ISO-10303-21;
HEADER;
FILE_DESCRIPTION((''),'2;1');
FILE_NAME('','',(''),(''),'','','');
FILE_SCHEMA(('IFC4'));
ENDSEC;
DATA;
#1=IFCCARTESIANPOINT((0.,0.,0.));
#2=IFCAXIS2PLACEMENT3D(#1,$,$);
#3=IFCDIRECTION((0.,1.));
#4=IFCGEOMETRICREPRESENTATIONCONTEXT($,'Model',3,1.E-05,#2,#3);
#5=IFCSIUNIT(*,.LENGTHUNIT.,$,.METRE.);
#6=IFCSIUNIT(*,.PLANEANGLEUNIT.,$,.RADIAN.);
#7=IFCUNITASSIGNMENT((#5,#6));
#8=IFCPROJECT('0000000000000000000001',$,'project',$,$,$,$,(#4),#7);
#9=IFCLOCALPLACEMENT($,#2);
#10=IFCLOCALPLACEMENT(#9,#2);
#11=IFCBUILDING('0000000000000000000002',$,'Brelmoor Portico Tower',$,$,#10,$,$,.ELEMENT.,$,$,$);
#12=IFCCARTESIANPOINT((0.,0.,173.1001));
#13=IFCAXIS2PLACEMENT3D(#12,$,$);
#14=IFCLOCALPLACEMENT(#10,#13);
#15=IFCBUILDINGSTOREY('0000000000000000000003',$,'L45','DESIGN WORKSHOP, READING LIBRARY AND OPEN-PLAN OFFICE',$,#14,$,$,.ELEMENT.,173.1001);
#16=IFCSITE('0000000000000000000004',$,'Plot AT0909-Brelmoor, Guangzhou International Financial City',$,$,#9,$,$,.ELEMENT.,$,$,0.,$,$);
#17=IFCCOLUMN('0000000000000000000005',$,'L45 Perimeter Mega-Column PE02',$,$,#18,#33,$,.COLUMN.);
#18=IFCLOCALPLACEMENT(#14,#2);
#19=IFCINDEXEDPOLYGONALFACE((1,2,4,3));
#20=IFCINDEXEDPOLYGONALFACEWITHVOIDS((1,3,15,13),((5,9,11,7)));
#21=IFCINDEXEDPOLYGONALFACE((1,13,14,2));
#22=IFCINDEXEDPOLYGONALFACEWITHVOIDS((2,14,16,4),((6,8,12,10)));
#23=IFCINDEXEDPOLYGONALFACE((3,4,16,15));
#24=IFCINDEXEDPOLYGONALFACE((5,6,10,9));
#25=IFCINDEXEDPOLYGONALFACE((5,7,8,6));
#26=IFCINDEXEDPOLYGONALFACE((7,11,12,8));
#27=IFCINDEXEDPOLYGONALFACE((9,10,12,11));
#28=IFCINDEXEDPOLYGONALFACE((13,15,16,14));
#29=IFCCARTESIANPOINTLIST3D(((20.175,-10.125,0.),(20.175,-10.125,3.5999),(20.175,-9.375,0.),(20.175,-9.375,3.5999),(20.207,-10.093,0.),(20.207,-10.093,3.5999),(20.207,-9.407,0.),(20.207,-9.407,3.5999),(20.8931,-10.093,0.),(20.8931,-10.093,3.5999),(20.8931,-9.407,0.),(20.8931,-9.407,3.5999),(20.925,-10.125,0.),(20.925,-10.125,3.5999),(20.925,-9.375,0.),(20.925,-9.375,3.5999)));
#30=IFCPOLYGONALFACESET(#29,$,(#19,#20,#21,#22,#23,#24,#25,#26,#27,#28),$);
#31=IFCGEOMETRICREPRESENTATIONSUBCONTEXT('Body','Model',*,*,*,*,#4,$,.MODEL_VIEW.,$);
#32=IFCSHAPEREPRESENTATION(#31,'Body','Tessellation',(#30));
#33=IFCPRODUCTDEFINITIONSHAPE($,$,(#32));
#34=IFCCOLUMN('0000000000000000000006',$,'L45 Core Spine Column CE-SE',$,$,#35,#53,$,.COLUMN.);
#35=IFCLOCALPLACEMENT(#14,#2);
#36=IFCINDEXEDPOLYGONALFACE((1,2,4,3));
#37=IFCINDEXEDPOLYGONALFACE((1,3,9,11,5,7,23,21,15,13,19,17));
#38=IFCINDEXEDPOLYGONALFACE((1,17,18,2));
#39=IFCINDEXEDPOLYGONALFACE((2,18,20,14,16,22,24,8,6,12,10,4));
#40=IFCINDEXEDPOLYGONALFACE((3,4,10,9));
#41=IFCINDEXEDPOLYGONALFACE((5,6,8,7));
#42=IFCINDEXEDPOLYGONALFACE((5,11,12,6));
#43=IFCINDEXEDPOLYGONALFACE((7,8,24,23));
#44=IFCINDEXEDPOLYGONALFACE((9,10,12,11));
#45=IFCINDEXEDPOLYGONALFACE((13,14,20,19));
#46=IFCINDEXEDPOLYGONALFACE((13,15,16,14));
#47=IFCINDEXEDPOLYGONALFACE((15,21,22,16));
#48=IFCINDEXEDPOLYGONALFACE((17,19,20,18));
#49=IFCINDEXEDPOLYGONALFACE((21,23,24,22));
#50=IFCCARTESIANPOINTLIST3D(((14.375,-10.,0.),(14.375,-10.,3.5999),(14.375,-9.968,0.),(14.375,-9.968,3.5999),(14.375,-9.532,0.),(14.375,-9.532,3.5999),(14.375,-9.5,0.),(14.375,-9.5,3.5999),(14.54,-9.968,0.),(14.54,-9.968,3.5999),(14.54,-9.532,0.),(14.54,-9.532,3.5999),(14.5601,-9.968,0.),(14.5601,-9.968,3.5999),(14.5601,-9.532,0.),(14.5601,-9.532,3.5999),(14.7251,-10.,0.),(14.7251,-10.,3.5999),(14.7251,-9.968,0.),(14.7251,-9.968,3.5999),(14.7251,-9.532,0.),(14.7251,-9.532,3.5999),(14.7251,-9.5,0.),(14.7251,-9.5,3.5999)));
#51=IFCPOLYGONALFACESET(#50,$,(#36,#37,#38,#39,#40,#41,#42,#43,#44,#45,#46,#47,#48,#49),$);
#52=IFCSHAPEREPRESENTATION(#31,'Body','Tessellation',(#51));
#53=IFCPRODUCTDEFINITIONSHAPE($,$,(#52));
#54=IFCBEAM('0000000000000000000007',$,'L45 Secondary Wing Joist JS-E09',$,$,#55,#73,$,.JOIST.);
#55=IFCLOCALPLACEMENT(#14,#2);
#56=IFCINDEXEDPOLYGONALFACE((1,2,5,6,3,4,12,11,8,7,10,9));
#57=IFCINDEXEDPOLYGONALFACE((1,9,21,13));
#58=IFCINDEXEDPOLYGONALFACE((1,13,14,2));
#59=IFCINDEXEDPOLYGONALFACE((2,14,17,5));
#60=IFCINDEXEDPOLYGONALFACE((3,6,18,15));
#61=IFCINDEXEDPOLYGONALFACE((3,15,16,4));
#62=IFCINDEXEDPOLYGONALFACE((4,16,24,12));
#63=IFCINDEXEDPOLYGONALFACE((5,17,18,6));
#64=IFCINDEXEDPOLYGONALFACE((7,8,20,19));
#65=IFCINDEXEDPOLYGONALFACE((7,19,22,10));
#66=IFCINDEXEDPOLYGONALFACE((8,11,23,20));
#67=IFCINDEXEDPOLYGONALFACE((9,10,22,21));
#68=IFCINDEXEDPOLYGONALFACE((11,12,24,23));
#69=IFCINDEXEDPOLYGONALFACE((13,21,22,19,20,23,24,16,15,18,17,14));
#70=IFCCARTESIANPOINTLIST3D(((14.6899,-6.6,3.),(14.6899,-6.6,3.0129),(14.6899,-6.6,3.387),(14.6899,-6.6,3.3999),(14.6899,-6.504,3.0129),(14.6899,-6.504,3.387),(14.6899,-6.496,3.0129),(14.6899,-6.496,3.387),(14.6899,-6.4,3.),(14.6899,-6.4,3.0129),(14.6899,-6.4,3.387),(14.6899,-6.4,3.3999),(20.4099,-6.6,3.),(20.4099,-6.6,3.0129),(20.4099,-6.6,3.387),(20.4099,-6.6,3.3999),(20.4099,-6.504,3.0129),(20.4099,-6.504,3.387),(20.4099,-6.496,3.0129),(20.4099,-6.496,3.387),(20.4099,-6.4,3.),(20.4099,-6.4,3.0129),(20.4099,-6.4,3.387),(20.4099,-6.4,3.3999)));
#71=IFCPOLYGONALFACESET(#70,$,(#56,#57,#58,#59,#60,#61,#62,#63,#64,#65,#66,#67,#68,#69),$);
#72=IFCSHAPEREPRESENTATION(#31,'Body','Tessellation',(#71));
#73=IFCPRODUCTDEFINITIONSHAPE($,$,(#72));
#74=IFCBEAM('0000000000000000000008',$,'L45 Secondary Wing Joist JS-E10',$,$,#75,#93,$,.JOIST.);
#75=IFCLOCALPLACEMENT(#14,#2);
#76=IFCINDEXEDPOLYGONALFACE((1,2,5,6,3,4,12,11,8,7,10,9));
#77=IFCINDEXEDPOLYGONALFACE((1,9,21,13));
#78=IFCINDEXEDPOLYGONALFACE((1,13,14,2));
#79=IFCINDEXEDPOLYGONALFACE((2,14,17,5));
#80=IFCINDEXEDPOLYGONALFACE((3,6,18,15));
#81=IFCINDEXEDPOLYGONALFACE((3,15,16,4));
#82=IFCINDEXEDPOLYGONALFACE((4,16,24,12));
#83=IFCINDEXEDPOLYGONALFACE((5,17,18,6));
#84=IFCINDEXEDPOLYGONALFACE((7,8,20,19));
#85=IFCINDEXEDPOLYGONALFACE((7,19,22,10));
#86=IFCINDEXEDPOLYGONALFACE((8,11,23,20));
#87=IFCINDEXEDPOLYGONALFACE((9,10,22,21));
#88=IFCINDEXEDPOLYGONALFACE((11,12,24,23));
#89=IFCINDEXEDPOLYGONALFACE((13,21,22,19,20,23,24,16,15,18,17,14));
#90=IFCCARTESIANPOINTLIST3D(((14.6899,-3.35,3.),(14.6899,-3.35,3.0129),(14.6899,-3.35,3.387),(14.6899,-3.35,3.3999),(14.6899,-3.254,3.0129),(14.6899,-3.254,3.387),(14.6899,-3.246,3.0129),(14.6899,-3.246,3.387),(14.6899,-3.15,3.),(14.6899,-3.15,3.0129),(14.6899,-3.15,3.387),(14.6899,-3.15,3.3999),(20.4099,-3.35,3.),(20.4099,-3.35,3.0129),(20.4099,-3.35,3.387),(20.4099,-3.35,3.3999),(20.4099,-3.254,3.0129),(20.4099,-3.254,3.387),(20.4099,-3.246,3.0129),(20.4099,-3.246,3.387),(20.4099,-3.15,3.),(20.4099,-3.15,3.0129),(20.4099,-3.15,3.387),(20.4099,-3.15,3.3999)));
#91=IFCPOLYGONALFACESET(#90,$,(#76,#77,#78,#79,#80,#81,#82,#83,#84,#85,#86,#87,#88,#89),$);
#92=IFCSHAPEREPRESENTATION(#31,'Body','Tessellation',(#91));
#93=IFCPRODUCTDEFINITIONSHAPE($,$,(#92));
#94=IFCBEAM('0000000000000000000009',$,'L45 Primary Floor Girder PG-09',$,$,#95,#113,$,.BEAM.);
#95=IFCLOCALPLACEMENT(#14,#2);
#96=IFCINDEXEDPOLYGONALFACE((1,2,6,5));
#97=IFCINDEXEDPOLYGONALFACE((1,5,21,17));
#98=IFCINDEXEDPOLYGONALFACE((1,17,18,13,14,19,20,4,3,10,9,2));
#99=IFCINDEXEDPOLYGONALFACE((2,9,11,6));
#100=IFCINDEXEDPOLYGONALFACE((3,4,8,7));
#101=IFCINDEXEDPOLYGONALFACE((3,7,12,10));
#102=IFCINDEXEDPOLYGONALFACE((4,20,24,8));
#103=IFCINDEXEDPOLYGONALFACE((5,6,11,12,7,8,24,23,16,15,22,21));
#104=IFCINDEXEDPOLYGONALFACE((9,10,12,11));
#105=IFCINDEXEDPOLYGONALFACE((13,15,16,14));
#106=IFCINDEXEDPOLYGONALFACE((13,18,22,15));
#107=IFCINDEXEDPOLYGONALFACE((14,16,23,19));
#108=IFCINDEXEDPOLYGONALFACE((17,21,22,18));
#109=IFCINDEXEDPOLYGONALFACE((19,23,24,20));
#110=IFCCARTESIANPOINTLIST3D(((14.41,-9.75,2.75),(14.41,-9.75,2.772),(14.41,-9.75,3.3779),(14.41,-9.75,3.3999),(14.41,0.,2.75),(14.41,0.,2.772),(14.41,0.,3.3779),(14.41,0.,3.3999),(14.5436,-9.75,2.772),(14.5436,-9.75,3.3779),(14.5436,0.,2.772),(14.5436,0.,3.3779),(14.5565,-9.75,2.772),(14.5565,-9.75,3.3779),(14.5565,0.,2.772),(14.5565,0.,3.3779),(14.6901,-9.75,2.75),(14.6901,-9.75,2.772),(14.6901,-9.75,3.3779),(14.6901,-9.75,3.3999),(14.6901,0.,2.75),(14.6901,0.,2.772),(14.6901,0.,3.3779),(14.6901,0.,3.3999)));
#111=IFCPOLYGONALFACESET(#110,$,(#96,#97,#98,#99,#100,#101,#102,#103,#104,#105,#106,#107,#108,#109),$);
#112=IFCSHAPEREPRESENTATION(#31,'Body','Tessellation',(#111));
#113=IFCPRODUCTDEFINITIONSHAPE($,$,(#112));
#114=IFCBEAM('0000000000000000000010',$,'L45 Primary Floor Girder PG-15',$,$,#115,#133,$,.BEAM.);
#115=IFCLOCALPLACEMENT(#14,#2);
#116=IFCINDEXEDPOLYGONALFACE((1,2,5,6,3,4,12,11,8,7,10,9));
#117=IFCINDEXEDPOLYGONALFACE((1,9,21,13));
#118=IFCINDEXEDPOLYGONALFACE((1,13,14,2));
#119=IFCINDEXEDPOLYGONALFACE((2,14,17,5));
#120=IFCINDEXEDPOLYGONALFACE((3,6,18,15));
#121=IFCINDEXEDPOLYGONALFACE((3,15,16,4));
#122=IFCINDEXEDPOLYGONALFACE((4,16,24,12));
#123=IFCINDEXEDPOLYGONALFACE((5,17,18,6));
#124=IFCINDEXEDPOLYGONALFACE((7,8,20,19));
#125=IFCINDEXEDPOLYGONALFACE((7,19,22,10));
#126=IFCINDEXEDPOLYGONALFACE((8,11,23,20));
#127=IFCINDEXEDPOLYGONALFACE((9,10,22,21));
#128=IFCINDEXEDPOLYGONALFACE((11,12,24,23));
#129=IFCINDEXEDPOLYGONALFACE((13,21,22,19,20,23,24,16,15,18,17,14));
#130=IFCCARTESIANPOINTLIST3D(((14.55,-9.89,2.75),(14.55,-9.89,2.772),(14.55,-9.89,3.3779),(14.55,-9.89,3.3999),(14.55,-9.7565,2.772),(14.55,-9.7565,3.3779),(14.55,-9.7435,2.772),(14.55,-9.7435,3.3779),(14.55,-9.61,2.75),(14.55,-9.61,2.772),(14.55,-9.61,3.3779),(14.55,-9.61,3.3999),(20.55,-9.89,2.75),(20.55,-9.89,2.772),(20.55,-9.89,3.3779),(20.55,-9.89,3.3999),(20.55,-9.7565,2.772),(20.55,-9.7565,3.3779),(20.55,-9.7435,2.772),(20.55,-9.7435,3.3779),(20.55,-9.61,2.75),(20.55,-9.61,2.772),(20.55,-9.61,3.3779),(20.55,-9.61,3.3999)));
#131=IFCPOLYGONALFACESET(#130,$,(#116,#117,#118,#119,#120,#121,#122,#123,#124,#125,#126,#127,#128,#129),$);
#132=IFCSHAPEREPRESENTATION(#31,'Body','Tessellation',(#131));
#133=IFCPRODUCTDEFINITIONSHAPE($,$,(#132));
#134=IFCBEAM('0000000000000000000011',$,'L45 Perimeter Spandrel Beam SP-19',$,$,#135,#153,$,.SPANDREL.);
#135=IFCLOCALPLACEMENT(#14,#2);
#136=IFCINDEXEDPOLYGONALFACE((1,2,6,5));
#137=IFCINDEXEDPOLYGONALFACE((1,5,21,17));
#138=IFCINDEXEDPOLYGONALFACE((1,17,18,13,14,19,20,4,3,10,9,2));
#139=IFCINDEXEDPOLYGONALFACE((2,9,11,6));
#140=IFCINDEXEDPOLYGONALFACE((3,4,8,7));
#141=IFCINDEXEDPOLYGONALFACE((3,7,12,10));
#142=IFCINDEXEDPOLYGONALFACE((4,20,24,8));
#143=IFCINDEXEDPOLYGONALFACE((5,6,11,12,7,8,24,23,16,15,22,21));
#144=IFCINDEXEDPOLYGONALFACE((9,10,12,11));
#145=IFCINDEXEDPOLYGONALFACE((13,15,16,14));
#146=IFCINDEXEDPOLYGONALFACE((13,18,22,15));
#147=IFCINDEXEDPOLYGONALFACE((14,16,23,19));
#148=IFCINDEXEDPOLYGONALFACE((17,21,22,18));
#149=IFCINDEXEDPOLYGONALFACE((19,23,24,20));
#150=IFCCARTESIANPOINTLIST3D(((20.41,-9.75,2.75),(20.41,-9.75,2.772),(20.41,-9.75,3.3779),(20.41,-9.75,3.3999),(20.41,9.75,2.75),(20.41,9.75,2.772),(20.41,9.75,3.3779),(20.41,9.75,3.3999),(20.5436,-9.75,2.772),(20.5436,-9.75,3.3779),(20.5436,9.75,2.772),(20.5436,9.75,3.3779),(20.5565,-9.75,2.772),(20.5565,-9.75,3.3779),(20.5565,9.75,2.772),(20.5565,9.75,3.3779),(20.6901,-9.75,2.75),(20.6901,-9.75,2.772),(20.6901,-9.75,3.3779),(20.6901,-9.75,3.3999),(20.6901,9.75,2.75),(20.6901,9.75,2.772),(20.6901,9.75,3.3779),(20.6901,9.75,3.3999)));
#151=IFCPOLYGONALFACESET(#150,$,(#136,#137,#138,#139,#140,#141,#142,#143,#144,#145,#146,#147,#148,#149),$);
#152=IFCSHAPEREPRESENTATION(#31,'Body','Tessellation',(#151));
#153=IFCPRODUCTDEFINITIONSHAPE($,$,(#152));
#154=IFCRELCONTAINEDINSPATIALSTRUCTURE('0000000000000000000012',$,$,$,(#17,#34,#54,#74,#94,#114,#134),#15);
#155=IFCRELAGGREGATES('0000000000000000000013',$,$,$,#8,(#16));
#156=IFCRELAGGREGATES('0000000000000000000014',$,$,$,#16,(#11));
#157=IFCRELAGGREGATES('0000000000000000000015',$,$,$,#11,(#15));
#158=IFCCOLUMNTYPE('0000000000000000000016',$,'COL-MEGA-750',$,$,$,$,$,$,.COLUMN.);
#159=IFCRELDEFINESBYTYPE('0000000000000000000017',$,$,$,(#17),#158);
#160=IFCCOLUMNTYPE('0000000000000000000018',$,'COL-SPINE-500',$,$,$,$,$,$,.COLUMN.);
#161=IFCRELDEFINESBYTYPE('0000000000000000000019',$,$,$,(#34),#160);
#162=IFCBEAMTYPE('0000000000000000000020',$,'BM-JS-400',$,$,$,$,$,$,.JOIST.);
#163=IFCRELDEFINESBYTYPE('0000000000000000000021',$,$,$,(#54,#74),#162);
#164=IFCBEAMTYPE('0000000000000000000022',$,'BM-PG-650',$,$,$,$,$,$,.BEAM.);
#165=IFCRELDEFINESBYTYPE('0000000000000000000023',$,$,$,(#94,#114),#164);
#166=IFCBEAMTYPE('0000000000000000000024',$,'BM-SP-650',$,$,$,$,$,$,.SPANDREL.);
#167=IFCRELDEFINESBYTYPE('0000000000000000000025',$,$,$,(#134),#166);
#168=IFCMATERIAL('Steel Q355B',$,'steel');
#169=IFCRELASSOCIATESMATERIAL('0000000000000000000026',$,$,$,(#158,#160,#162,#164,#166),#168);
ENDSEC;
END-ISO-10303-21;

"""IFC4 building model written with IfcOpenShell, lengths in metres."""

from ifc_helpers import new_model, si_unit, direction, frame, origin, origin_2d, place, context, subcontext, project, spatial, hollow_rectangle, i_section, extrude, material, material_profile, profile_set, type_object, element, save


model = new_model("IFC4")

# Units and contexts
model_context = context("Model", 3, precision=1e-05, world=origin(), true_north=direction((0.0, 1.0)))
body_context = subcontext(model_context, "Body", "Model", "MODEL_VIEW")
ifc_project = project(units=[si_unit("LENGTHUNIT", "METRE"), si_unit("PLANEANGLEUNIT", "RADIAN")], contexts=[model_context])

# Site, building, storey
site_placement = place(None, origin())
site = spatial("IfcSite", under=ifc_project, at=site_placement, Name="Plot AT0909-Brelmoor, Guangzhou International Financial City", CompositionType="ELEMENT", RefElevation=0.0)
building_placement = place(site_placement, origin())
building = spatial("IfcBuilding", under=site, at=building_placement, Name="Brelmoor Portico Tower", CompositionType="ELEMENT")
storey_placement = place(building_placement, frame((0.0, 0.0, 173.1001)))
storey = spatial("IfcBuildingStorey", under=building, at=storey_placement, Name="L45", Description="DESIGN WORKSHOP, READING LIBRARY AND OPEN-PLAN OFFICE", CompositionType="ELEMENT", Elevation=173.1001)

# Columns
ifc_material_1 = material(Name="Steel Q355B", Category="steel")
ifc_material_profile_1 = material_profile(ifc_material_1, hollow_rectangle(XDim=0.75, YDim=0.75, WallThickness=0.032, at=origin_2d()), Name="BOX 750x750x32")
ifc_profile_set_1 = profile_set([ifc_material_profile_1], Name="Steel Q355B")
column_type_1 = type_object("IfcColumnType", Name="COL-MEGA-750", PredefinedType="COLUMN", material=ifc_profile_set_1)
column_1_placement = place(storey_placement, frame((20.55, -9.75, 0.0), z_axis=(0.0, 0.0, 1.0), x_axis=(0.0, 1.0, 0.0)))
element("IfcColumn", 1, at=column_1_placement, inside=storey, type_object=column_type_1, Name="L45 Perimeter Mega-Column PE02", PredefinedType="COLUMN", context=body_context, shape_type="SweptSolid", body=[
    extrude(hollow_rectangle(XDim=0.75, YDim=0.75, WallThickness=0.032, at=origin_2d()), origin(), (0.0, 0.0, 1.0), 3.5999),
])
ifc_material_profile_2 = material_profile(ifc_material_1, i_section(OverallWidth=0.3501, OverallDepth=0.5, WebThickness=0.02, FlangeThickness=0.032, at=origin_2d()), Name="HW 500x350x20x32")
ifc_profile_set_2 = profile_set([ifc_material_profile_2], Name="Steel Q355B")
column_type_2 = type_object("IfcColumnType", Name="COL-SPINE-500", PredefinedType="COLUMN", material=ifc_profile_set_2)
column_2_placement = place(storey_placement, frame((14.55, -9.75, 0.0), z_axis=(0.0, 0.0, 1.0), x_axis=(1.0, 0.0, 0.0)))
element("IfcColumn", 2, at=column_2_placement, inside=storey, type_object=column_type_2, Name="L45 Core Spine Column CE-SE", PredefinedType="COLUMN", context=body_context, shape_type="SweptSolid", body=[
    extrude(i_section(OverallWidth=0.3501, OverallDepth=0.5, WebThickness=0.02, FlangeThickness=0.032, at=origin_2d()), origin(), (0.0, 0.0, 1.0), 3.5999),
])

# Beams
ifc_material_profile_3 = material_profile(ifc_material_1, i_section(OverallWidth=0.2, OverallDepth=0.3999, WebThickness=0.0081, FlangeThickness=0.0129, at=origin_2d()), Name="HN 400x200x8x13")
ifc_profile_set_3 = profile_set([ifc_material_profile_3], Name="Steel Q355B")
beam_type_1 = type_object("IfcBeamType", Name="BM-JS-400", PredefinedType="JOIST", material=ifc_profile_set_3)
for number, where, z_axis, x_axis, name in (
    (3, (14.6899, -6.5, 3.2), (1.0, 0.0, 0.0), (0.0, 1.0, 0.0), "L45 Secondary Wing Joist JS-E09"),
    (4, (14.6899, -3.25, 3.2), (1.0, 0.0, 0.0), (0.0, 1.0, 0.0), "L45 Secondary Wing Joist JS-E10"),
):
    element("IfcBeam", number, at=place(storey_placement, frame(where, z_axis=z_axis, x_axis=x_axis)), inside=storey, type_object=beam_type_1, Name=name, PredefinedType="JOIST", context=body_context, shape_type="SweptSolid", body=[
        extrude(i_section(OverallWidth=0.2, OverallDepth=0.3999, WebThickness=0.0081, FlangeThickness=0.0129, at=origin_2d()), origin(), (0.0, 0.0, 1.0), 5.72),
    ])
ifc_material_profile_4 = material_profile(ifc_material_1, i_section(OverallWidth=0.28, OverallDepth=0.6499, WebThickness=0.0129, FlangeThickness=0.022, at=origin_2d()), Name="HN 650x280x13x22")
ifc_profile_set_4 = profile_set([ifc_material_profile_4], Name="Steel Q355B")
beam_type_2 = type_object("IfcBeamType", Name="BM-PG-650", PredefinedType="BEAM", material=ifc_profile_set_4)
beam_1_placement = place(storey_placement, frame((14.55, -9.75, 3.075), z_axis=(0.0, 1.0, 0.0), x_axis=(-1.0, 0.0, 0.0)))
element("IfcBeam", 5, at=beam_1_placement, inside=storey, type_object=beam_type_2, Name="L45 Primary Floor Girder PG-09", PredefinedType="BEAM", context=body_context, shape_type="SweptSolid", body=[
    extrude(i_section(OverallWidth=0.28, OverallDepth=0.6499, WebThickness=0.0129, FlangeThickness=0.022, at=origin_2d()), origin(), (0.0, 0.0, 1.0), 9.75),
])
beam_2_placement = place(storey_placement, frame((14.55, -9.75, 3.075), z_axis=(1.0, 0.0, 0.0), x_axis=(0.0, 1.0, 0.0)))
element("IfcBeam", 6, at=beam_2_placement, inside=storey, type_object=beam_type_2, Name="L45 Primary Floor Girder PG-15", PredefinedType="BEAM", context=body_context, shape_type="SweptSolid", body=[
    extrude(i_section(OverallWidth=0.28, OverallDepth=0.6499, WebThickness=0.0129, FlangeThickness=0.022, at=origin_2d()), origin(), (0.0, 0.0, 1.0), 6.0),
])
ifc_material_profile_5 = material_profile(ifc_material_1, i_section(OverallWidth=0.28, OverallDepth=0.6499, WebThickness=0.0129, FlangeThickness=0.022, at=origin_2d()), Name="HN 650x280x13x22")
ifc_profile_set_5 = profile_set([ifc_material_profile_5], Name="Steel Q355B")
beam_type_3 = type_object("IfcBeamType", Name="BM-SP-650", PredefinedType="SPANDREL", material=ifc_profile_set_5)
beam_3_placement = place(storey_placement, frame((20.55, -9.75, 3.075), z_axis=(0.0, 1.0, 0.0), x_axis=(-1.0, 0.0, 0.0)))
element("IfcBeam", 7, at=beam_3_placement, inside=storey, type_object=beam_type_3, Name="L45 Perimeter Spandrel Beam SP-19", PredefinedType="SPANDREL", context=body_context, shape_type="SweptSolid", body=[
    extrude(i_section(OverallWidth=0.28, OverallDepth=0.6499, WebThickness=0.0129, FlangeThickness=0.022, at=origin_2d()), origin(), (0.0, 0.0, 1.0), 19.5),
])

save(model, "model.ifc")
